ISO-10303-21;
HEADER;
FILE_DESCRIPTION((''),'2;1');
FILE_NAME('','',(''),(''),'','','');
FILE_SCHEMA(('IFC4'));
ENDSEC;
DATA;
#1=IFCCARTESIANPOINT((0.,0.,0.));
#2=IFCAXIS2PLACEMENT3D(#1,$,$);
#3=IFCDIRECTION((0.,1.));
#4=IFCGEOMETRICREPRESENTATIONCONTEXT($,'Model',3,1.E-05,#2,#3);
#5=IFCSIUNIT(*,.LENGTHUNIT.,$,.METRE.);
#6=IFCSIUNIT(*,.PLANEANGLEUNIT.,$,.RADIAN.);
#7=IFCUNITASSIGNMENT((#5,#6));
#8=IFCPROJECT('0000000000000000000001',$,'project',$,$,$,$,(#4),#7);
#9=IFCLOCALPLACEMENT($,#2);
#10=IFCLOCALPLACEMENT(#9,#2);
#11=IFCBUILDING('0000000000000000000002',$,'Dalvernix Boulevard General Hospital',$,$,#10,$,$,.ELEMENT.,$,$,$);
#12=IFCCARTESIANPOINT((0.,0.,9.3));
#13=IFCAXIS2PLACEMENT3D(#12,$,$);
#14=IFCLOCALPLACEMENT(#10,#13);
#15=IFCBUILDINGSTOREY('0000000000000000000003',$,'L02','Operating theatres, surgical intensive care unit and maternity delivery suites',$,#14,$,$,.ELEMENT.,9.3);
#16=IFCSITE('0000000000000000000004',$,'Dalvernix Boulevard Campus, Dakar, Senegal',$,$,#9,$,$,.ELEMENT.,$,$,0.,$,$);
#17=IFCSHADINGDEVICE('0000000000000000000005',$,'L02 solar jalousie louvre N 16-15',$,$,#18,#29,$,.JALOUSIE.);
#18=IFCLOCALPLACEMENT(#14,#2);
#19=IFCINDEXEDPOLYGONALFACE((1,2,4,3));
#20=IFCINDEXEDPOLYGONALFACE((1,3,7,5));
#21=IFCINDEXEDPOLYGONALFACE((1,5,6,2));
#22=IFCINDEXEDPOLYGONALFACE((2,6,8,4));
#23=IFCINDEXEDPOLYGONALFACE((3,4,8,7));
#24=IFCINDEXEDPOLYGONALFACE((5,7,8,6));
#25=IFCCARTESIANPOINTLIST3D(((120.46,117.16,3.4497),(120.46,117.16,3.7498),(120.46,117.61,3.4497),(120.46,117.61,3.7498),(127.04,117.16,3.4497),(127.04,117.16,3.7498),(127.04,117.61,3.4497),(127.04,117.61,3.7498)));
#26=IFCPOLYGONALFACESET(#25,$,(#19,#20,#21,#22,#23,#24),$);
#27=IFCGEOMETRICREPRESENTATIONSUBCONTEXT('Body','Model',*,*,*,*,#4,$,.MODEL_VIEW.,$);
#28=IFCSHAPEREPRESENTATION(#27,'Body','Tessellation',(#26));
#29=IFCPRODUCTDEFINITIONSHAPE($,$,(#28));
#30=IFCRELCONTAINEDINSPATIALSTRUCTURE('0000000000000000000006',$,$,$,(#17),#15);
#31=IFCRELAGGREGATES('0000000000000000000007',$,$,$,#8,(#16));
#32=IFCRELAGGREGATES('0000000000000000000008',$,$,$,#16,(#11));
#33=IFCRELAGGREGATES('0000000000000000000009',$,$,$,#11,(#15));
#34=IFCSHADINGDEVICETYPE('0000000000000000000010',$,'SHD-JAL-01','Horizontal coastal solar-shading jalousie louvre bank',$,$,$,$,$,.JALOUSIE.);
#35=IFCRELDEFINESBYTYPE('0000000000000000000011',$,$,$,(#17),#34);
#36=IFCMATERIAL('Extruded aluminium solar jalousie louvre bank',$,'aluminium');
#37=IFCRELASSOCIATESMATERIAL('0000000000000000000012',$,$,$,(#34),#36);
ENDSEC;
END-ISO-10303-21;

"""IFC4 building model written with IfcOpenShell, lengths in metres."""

from ifc_helpers import new_model, si_unit, direction, frame, origin, origin_2d, place, context, subcontext, project, spatial, rectangle, extrude, material, type_object, element, save


model = new_model("IFC4")

# Units and contexts
model_context = context("Model", 3, precision=1e-05, world=origin(), true_north=direction((0.0, 1.0)))
body_context = subcontext(model_context, "Body", "Model", "MODEL_VIEW")
ifc_project = project(units=[si_unit("LENGTHUNIT", "METRE"), si_unit("PLANEANGLEUNIT", "RADIAN")], contexts=[model_context])

# Site, building, storey
site_placement = place(None, origin())
site = spatial("IfcSite", under=ifc_project, at=site_placement, Name="Dalvernix Boulevard Campus, Dakar, Senegal", CompositionType="ELEMENT", RefElevation=0.0)
building_placement = place(site_placement, origin())
building = spatial("IfcBuilding", under=site, at=building_placement, Name="Dalvernix Boulevard General Hospital", CompositionType="ELEMENT")
storey_placement = place(building_placement, frame((0.0, 0.0, 9.3)))
storey = spatial("IfcBuildingStorey", under=building, at=storey_placement, Name="L02", Description="Operating theatres, surgical intensive care unit and maternity delivery suites", CompositionType="ELEMENT", Elevation=9.3)

# Shading device
ifc_material_1 = material(Name="Extruded aluminium solar jalousie louvre bank", Category="aluminium")
shading_device_type = type_object("IfcShadingDeviceType", Name="SHD-JAL-01", Description="Horizontal coastal solar-shading jalousie louvre bank", PredefinedType="JALOUSIE", material=ifc_material_1)
shading_device_placement = place(storey_placement, frame((123.75, 117.385, 3.4497), z_axis=(0.0, 0.0, 1.0), x_axis=(1.0, 0.0, 0.0)))
element("IfcShadingDevice", 1, at=shading_device_placement, inside=storey, type_object=shading_device_type, Name="L02 solar jalousie louvre N 16-15", PredefinedType="JALOUSIE", context=body_context, shape_type="SweptSolid", body=[
    extrude(rectangle(XDim=6.5801, YDim=0.45, at=origin_2d()), origin(), (0.0, 0.0, 1.0), 0.3),
])

save(model, "model.ifc")
